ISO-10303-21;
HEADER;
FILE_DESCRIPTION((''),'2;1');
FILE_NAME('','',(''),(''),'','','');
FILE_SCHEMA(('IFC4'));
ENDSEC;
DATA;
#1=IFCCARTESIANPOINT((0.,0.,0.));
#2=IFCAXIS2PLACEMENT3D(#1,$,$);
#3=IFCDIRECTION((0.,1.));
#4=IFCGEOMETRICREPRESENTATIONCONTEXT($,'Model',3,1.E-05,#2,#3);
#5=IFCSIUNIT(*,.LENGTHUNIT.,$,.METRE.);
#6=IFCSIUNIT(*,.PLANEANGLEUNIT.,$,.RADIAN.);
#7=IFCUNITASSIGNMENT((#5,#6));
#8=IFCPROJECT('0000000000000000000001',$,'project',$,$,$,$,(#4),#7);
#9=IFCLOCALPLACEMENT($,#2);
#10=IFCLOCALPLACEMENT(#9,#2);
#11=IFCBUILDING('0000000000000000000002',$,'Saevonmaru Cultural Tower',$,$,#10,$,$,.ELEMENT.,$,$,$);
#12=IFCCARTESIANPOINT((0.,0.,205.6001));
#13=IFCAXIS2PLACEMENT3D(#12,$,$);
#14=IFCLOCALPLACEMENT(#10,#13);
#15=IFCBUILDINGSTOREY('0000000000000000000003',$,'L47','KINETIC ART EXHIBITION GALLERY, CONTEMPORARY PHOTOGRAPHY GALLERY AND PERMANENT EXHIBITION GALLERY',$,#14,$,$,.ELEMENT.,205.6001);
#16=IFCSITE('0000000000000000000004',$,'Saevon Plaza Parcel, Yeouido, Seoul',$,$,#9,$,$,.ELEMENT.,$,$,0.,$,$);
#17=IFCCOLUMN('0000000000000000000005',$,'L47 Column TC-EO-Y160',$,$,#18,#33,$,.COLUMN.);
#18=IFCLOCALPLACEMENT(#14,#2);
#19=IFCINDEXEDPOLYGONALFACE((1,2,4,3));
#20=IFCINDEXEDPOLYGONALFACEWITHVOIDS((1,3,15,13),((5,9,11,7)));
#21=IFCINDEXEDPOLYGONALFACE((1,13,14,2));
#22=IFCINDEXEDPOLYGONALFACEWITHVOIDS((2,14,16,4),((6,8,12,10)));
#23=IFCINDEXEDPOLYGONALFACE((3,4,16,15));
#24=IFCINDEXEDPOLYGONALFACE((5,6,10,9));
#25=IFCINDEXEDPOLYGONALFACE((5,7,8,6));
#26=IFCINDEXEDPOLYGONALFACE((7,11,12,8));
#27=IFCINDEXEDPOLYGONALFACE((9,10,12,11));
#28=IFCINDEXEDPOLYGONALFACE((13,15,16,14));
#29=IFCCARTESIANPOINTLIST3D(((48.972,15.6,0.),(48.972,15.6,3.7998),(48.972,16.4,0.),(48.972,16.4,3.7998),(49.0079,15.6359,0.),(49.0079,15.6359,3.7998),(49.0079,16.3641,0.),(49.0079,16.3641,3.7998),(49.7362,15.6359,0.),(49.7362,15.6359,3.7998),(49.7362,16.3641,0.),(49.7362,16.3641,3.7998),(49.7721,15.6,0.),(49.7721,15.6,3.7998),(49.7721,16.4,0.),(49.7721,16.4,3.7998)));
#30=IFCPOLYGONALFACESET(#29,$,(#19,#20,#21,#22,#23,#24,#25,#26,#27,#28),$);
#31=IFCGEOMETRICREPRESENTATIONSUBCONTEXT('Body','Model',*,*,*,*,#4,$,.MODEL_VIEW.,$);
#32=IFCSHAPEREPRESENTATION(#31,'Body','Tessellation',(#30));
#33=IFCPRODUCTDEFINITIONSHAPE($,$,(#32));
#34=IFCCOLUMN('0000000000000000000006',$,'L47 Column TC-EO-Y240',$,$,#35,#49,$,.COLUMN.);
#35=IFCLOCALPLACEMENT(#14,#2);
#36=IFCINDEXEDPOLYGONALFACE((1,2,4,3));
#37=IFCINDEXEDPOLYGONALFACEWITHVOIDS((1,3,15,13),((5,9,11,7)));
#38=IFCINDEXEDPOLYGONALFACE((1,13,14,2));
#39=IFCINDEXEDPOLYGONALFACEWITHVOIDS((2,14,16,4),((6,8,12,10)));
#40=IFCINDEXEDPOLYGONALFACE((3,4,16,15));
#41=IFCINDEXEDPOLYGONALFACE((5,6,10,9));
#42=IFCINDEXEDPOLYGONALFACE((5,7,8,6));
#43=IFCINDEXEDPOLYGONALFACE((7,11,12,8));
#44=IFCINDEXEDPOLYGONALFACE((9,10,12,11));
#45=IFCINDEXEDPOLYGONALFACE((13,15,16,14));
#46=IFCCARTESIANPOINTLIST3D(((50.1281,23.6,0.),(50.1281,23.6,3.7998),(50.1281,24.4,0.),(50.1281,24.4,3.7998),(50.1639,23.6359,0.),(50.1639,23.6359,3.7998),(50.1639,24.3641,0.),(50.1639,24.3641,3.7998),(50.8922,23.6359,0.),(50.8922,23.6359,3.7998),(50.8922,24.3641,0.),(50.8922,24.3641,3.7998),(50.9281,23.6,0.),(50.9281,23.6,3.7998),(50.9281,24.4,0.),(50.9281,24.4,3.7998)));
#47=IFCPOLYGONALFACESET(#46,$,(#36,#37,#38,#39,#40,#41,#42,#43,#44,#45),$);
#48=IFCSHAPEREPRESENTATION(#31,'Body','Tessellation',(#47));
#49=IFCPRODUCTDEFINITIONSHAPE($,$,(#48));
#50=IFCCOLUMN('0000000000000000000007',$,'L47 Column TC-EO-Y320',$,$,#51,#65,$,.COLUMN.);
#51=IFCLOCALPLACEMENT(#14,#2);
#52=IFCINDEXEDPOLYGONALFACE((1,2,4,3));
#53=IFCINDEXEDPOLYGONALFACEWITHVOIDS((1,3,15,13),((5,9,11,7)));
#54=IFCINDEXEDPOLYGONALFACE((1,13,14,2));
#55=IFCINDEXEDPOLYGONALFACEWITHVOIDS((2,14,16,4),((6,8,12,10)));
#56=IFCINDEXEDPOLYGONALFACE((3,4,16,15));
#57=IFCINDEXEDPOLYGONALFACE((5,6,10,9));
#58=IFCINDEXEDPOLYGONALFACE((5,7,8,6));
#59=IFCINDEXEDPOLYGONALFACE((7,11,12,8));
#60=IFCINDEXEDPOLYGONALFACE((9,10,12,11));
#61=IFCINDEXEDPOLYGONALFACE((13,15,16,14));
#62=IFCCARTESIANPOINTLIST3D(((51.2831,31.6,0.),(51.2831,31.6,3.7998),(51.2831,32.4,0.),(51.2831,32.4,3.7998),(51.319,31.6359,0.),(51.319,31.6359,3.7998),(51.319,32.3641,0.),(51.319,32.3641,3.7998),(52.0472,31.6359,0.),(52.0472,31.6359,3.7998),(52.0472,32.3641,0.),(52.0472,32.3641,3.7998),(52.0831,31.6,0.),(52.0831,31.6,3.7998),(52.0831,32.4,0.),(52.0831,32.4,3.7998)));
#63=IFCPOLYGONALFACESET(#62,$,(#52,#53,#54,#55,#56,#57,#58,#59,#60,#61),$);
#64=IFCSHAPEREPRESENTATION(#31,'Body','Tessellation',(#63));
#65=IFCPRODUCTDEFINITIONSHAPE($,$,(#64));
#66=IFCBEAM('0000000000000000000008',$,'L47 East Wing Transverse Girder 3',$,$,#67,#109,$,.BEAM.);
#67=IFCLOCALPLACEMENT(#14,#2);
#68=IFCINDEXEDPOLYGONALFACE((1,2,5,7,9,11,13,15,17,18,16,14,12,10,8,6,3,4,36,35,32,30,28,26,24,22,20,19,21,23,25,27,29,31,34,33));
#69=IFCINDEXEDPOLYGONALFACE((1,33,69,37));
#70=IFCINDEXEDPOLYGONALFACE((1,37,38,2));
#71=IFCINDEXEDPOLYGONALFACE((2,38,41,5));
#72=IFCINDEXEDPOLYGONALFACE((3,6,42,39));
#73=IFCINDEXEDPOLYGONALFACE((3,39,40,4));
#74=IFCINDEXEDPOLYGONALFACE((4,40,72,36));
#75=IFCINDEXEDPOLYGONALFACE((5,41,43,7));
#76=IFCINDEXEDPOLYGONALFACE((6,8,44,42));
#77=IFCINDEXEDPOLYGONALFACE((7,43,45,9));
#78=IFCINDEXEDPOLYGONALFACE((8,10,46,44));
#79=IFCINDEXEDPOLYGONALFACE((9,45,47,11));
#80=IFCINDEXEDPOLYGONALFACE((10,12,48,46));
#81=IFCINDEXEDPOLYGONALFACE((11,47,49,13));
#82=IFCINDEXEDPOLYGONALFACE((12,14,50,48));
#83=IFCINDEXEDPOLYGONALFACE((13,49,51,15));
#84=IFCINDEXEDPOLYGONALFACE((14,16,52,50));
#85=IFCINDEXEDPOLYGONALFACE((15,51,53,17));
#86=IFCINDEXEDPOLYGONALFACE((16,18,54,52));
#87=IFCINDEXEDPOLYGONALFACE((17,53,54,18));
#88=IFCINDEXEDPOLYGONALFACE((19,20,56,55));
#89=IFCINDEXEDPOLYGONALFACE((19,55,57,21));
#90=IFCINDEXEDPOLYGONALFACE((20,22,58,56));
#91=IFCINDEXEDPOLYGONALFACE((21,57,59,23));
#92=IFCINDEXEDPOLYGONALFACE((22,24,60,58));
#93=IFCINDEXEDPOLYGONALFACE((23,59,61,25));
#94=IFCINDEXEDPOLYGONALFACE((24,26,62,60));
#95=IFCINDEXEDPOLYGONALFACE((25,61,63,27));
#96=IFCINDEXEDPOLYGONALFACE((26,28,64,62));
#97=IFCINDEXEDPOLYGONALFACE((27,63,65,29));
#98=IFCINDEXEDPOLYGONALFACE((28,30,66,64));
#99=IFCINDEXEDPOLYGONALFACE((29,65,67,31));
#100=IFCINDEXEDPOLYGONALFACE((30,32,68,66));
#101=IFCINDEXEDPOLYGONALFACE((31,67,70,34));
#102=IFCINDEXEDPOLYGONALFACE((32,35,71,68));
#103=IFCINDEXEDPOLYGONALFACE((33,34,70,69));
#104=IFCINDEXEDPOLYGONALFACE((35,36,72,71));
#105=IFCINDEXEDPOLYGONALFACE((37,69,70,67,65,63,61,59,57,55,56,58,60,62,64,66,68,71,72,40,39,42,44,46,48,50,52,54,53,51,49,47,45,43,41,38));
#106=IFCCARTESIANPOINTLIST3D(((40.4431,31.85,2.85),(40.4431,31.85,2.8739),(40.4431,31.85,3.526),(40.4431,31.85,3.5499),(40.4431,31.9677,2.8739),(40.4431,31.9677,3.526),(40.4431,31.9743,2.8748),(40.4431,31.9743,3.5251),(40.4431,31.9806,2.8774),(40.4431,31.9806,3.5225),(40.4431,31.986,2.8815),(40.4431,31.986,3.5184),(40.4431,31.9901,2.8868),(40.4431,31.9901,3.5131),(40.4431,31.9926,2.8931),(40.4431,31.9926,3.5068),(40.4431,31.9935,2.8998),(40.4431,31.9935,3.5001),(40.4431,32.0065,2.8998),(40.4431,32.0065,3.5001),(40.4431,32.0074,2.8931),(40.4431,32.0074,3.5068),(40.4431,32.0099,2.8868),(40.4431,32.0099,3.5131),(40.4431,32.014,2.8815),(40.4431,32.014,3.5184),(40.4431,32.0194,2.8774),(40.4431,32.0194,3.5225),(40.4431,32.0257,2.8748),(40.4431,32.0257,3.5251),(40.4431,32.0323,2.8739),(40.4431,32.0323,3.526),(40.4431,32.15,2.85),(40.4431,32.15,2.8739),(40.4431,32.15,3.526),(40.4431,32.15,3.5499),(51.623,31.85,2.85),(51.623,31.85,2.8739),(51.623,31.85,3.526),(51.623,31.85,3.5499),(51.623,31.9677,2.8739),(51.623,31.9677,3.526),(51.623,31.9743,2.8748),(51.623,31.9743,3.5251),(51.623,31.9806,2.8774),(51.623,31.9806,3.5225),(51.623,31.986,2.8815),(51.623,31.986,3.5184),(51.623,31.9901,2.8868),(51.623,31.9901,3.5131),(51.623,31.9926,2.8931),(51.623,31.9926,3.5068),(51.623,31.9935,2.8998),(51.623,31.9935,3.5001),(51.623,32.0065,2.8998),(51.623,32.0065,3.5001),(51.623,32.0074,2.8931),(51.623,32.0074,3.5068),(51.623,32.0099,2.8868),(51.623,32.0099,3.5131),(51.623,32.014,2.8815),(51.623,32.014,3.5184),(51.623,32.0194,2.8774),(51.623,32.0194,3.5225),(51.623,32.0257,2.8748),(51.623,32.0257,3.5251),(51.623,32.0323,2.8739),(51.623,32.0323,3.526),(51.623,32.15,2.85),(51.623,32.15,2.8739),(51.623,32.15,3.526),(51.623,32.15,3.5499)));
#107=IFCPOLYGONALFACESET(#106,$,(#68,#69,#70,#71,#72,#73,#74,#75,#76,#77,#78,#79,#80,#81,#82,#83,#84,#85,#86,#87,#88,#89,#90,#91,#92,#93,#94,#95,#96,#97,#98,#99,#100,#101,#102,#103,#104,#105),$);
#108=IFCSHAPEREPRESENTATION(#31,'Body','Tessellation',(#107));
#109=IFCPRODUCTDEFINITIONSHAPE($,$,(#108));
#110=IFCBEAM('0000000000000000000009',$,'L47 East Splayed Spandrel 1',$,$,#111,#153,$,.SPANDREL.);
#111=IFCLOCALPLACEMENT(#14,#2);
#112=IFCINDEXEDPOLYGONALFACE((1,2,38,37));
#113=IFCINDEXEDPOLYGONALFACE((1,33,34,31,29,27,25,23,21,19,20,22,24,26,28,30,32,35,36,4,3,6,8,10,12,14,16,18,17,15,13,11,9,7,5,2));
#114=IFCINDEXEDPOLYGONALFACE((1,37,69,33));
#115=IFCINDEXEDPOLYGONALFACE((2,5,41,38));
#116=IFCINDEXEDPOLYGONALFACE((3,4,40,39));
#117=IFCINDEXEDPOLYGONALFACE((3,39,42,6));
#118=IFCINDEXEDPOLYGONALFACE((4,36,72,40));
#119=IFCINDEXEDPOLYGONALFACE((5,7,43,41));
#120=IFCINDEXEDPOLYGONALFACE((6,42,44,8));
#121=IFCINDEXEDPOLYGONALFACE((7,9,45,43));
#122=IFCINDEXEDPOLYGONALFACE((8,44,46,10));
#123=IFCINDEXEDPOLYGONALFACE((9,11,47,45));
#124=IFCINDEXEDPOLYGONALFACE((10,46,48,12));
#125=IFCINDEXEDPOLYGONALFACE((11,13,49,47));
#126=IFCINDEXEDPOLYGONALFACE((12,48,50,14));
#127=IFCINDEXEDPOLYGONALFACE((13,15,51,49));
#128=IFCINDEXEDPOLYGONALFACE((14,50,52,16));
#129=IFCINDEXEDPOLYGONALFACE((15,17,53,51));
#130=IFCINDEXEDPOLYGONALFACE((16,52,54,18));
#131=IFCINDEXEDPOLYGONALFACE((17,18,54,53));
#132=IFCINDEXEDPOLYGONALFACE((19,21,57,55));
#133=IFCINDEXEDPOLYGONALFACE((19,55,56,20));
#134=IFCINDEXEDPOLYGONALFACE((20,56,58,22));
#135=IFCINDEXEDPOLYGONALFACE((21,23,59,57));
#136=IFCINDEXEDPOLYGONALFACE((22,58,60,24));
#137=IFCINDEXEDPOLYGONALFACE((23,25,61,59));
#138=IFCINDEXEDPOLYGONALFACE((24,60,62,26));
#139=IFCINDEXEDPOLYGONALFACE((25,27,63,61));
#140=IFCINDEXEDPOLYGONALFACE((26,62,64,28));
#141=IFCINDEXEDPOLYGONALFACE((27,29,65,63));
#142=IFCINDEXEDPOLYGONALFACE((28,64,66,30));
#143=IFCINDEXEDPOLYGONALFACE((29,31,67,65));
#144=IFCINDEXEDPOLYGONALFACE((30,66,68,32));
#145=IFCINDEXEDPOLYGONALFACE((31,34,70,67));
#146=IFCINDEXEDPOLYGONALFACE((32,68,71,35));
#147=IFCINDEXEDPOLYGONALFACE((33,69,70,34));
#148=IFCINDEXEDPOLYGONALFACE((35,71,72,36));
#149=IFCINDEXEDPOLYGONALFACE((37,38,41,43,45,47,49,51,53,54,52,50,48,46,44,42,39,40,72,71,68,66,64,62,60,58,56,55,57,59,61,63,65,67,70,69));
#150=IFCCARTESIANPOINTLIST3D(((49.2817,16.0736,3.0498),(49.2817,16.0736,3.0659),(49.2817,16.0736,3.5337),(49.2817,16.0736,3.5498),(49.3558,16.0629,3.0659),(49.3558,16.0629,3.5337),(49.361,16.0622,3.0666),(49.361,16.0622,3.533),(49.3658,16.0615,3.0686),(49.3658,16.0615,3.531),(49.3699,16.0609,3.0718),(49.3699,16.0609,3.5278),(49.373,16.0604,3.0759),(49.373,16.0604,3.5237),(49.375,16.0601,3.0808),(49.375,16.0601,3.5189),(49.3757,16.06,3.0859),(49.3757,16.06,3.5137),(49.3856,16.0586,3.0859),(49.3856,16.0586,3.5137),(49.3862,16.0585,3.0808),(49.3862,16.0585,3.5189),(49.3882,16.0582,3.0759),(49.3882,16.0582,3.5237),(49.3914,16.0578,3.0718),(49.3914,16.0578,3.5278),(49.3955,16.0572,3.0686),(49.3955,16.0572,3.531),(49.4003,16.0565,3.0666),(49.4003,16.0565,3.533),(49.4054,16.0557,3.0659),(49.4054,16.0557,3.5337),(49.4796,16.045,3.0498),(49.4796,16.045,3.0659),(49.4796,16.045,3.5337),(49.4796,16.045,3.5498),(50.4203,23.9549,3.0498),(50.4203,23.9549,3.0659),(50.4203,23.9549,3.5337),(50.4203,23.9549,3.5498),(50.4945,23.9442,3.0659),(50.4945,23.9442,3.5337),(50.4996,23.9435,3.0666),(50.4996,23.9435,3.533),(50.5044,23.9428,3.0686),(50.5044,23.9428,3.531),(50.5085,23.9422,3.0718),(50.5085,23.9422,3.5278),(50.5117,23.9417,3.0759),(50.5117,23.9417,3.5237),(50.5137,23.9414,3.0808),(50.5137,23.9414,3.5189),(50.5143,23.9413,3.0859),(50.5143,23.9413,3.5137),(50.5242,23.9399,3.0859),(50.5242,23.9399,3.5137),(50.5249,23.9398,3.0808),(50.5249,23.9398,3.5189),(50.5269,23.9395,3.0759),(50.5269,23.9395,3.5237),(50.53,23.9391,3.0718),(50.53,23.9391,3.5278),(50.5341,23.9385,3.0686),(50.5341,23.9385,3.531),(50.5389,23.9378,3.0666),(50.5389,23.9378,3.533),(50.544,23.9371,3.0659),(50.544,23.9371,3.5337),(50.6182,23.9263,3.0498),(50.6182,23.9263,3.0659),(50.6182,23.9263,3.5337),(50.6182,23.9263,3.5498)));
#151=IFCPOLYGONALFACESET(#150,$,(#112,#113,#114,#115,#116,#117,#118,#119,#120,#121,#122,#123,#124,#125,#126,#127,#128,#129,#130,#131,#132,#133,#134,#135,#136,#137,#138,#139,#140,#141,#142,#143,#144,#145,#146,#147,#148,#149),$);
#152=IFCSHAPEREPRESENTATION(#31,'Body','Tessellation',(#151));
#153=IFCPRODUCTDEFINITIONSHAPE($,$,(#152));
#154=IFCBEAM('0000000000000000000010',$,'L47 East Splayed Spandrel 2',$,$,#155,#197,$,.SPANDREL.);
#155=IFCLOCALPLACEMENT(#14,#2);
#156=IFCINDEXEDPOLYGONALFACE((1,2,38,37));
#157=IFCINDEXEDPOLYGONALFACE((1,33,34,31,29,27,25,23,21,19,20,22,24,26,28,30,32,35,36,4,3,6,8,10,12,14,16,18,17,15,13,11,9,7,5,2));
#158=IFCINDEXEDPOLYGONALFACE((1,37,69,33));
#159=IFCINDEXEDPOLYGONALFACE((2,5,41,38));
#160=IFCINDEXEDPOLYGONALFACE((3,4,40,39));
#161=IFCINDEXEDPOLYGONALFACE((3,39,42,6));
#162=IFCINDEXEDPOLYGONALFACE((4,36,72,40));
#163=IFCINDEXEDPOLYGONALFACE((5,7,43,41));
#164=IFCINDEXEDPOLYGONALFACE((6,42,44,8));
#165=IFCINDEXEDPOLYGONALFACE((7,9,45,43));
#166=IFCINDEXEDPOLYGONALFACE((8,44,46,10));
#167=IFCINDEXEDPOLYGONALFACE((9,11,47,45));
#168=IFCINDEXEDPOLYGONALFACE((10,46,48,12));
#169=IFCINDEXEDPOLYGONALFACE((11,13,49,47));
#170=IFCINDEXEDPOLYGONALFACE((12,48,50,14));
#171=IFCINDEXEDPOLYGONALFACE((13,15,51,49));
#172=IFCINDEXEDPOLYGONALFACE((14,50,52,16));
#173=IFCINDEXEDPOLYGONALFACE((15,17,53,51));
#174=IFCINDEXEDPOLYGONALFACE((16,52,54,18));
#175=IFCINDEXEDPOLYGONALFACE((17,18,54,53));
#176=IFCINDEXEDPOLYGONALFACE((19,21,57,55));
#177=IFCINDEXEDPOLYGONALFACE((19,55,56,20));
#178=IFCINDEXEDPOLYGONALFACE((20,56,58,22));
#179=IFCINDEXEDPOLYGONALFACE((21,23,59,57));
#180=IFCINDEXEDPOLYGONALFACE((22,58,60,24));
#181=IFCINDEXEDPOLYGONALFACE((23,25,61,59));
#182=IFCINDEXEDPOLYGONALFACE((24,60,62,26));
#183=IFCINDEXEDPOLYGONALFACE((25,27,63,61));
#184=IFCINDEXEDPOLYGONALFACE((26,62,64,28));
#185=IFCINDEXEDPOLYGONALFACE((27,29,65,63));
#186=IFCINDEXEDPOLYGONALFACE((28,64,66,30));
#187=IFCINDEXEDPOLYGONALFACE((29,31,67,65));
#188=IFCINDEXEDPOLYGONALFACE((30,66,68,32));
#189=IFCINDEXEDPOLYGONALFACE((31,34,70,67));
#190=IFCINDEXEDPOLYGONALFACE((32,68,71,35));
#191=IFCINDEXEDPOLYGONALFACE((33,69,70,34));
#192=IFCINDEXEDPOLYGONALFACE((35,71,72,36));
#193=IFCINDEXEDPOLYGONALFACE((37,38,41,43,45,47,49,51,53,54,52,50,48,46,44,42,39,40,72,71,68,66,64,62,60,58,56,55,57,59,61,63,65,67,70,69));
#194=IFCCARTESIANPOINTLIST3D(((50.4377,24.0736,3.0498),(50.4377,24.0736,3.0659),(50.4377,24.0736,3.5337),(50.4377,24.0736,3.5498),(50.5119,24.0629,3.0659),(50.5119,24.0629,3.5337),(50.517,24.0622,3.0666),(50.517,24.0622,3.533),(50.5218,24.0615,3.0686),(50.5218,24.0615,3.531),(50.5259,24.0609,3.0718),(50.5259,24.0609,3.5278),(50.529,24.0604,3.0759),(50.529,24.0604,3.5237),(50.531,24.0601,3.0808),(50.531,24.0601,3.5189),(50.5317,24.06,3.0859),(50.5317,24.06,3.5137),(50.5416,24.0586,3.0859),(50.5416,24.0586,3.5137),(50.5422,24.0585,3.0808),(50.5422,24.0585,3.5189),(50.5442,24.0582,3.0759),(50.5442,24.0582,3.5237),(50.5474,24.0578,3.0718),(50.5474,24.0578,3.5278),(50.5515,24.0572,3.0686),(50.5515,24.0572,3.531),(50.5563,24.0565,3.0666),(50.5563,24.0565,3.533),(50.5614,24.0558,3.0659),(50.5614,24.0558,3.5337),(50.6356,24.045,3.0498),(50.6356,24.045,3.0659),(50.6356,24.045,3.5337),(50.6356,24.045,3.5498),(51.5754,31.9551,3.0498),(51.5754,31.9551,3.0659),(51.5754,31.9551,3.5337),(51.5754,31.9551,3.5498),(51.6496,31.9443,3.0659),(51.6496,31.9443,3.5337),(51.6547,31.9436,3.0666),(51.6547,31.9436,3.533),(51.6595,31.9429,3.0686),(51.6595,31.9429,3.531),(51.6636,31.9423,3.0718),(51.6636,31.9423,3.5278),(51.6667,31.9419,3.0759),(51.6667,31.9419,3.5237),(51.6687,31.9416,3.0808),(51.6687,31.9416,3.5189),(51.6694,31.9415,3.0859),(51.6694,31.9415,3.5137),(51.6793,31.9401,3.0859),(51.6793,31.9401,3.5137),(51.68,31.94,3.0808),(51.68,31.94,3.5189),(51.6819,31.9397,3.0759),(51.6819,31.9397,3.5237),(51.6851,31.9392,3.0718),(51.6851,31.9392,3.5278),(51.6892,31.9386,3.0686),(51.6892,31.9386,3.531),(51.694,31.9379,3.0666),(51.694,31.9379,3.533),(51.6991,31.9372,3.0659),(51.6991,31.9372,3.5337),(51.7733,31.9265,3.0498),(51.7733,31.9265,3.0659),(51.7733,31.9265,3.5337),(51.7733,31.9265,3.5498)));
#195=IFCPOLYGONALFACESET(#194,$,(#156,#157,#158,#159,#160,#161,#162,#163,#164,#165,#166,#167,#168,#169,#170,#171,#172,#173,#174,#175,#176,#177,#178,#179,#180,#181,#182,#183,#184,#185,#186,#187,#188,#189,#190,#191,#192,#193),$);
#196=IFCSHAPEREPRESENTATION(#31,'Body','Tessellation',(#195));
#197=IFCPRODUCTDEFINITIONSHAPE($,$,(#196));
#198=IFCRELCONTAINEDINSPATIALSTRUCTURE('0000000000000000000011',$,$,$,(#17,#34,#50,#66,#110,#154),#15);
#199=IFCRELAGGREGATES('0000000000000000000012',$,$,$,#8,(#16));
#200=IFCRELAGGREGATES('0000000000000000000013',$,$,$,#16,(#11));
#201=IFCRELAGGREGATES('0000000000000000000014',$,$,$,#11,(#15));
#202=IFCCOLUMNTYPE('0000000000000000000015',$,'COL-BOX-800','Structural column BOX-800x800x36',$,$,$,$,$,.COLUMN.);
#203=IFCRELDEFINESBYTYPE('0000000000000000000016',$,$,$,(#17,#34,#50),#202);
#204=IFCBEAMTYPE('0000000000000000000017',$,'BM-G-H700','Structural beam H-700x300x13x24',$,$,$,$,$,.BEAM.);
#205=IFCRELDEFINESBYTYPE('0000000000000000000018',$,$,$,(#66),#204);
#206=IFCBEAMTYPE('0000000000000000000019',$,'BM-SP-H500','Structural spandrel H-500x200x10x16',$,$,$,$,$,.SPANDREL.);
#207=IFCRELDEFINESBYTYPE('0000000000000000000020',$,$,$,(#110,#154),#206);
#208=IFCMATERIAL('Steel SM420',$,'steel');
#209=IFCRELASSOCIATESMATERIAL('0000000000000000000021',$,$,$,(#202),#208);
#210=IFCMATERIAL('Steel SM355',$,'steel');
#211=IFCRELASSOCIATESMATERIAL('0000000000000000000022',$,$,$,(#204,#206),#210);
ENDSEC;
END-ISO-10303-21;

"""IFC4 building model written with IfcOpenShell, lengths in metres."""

from ifc_helpers import new_model, si_unit, direction, frame, origin, origin_2d, place, context, subcontext, project, spatial, hollow_rectangle, i_section, extrude, material, material_profile, profile_set, type_object, element, save


model = new_model("IFC4")

# Units and contexts
model_context = context("Model", 3, precision=1e-05, world=origin(), true_north=direction((0.0, 1.0)))
body_context = subcontext(model_context, "Body", "Model", "MODEL_VIEW")
ifc_project = project(units=[si_unit("LENGTHUNIT", "METRE"), si_unit("PLANEANGLEUNIT", "RADIAN")], contexts=[model_context])

# Site, building, storey
site_placement = place(None, origin())
site = spatial("IfcSite", under=ifc_project, at=site_placement, Name="Saevon Plaza Parcel, Yeouido, Seoul", CompositionType="ELEMENT", RefElevation=0.0)
building_placement = place(site_placement, origin())
building = spatial("IfcBuilding", under=site, at=building_placement, Name="Saevonmaru Cultural Tower", CompositionType="ELEMENT")
storey_placement = place(building_placement, frame((0.0, 0.0, 205.6001)))
storey = spatial("IfcBuildingStorey", under=building, at=storey_placement, Name="L47", Description="KINETIC ART EXHIBITION GALLERY, CONTEMPORARY PHOTOGRAPHY GALLERY AND PERMANENT EXHIBITION GALLERY", CompositionType="ELEMENT", Elevation=205.6001)

# Columns
ifc_material_1 = material(Name="Steel SM420", Category="steel")
ifc_material_profile_1 = material_profile(ifc_material_1, hollow_rectangle(XDim=0.8, YDim=0.8, WallThickness=0.0359, at=origin_2d()), Name="BOX-800x800x36")
ifc_profile_set_1 = profile_set([ifc_material_profile_1], Name="Steel SM420")
column_type = type_object("IfcColumnType", Name="COL-BOX-800", Description="Structural column BOX-800x800x36", PredefinedType="COLUMN", material=ifc_profile_set_1)
for number, where, z_axis, x_axis, name in (
    (1, (49.3721, 16.0, 0.0), (0.0, 0.0, 1.0), (1.0, 0.0, 0.0), "L47 Column TC-EO-Y160"),
    (2, (50.5281, 24.0, 0.0), (0.0, 0.0, 1.0), (1.0, 0.0, 0.0), "L47 Column TC-EO-Y240"),
    (3, (51.6831, 32.0, 0.0), (0.0, 0.0, 1.0), (1.0, 0.0, 0.0), "L47 Column TC-EO-Y320"),
):
    element("IfcColumn", number, at=place(storey_placement, frame(where, z_axis=z_axis, x_axis=x_axis)), inside=storey, type_object=column_type, Name=name, PredefinedType="COLUMN", context=body_context, shape_type="SweptSolid", body=[
        extrude(hollow_rectangle(XDim=0.8, YDim=0.8, WallThickness=0.0359, at=origin_2d()), origin(), (0.0, 0.0, 1.0), 3.7998),
    ])

# Beams
ifc_material_2 = material(Name="Steel SM355", Category="steel")
ifc_material_profile_2 = material_profile(ifc_material_2, i_section(OverallWidth=0.3, OverallDepth=0.7, WebThickness=0.0129, FlangeThickness=0.0239, FilletRadius=0.0259, at=origin_2d()), Name="H-700x300x13x24")
ifc_profile_set_2 = profile_set([ifc_material_profile_2], Name="Steel SM355")
beam_type_1 = type_object("IfcBeamType", Name="BM-G-H700", Description="Structural beam H-700x300x13x24", PredefinedType="BEAM", material=ifc_profile_set_2)
beam_placement = place(storey_placement, frame((40.4431, 32.0, 3.2), z_axis=(1.0, 0.0, 0.0), x_axis=(0.0, 1.0, 0.0)))
element("IfcBeam", 4, at=beam_placement, inside=storey, type_object=beam_type_1, Name="L47 East Wing Transverse Girder 3", PredefinedType="BEAM", context=body_context, shape_type="SweptSolid", body=[
    extrude(i_section(OverallWidth=0.3, OverallDepth=0.7, WebThickness=0.0129, FlangeThickness=0.0239, FilletRadius=0.0259, at=origin_2d()), origin(), (0.0, 0.0, 1.0), 11.1799),
])
ifc_material_profile_3 = material_profile(ifc_material_2, i_section(OverallWidth=0.2, OverallDepth=0.5, WebThickness=0.01, FlangeThickness=0.0161, FilletRadius=0.02, at=origin_2d()), Name="H-500x200x10x16")
ifc_profile_set_3 = profile_set([ifc_material_profile_3], Name="Steel SM355")
beam_type_2 = type_object("IfcBeamType", Name="BM-SP-H500", Description="Structural spandrel H-500x200x10x16", PredefinedType="SPANDREL", material=ifc_profile_set_3)
for number, where, z_axis, x_axis, name in (
    (5, (49.3806, 16.0593, 3.2998), (0.142992, 0.989724, 0.0), (-0.989724, 0.142992, 0.0), "L47 East Splayed Spandrel 1"),
    (6, (50.5366, 24.0593, 3.2998), (0.142872, 0.989741, 0.0), (-0.989741, 0.142872, 0.0), "L47 East Splayed Spandrel 2"),
):
    element("IfcBeam", number, at=place(storey_placement, frame(where, z_axis=z_axis, x_axis=x_axis)), inside=storey, type_object=beam_type_2, Name=name, PredefinedType="SPANDREL", context=body_context, shape_type="SweptSolid", body=[
        extrude(i_section(OverallWidth=0.2, OverallDepth=0.5, WebThickness=0.01, FlangeThickness=0.0161, FilletRadius=0.02, at=origin_2d()), origin(), (0.0, 0.0, 1.0), 7.9631),
    ])

save(model, "model.ifc")
